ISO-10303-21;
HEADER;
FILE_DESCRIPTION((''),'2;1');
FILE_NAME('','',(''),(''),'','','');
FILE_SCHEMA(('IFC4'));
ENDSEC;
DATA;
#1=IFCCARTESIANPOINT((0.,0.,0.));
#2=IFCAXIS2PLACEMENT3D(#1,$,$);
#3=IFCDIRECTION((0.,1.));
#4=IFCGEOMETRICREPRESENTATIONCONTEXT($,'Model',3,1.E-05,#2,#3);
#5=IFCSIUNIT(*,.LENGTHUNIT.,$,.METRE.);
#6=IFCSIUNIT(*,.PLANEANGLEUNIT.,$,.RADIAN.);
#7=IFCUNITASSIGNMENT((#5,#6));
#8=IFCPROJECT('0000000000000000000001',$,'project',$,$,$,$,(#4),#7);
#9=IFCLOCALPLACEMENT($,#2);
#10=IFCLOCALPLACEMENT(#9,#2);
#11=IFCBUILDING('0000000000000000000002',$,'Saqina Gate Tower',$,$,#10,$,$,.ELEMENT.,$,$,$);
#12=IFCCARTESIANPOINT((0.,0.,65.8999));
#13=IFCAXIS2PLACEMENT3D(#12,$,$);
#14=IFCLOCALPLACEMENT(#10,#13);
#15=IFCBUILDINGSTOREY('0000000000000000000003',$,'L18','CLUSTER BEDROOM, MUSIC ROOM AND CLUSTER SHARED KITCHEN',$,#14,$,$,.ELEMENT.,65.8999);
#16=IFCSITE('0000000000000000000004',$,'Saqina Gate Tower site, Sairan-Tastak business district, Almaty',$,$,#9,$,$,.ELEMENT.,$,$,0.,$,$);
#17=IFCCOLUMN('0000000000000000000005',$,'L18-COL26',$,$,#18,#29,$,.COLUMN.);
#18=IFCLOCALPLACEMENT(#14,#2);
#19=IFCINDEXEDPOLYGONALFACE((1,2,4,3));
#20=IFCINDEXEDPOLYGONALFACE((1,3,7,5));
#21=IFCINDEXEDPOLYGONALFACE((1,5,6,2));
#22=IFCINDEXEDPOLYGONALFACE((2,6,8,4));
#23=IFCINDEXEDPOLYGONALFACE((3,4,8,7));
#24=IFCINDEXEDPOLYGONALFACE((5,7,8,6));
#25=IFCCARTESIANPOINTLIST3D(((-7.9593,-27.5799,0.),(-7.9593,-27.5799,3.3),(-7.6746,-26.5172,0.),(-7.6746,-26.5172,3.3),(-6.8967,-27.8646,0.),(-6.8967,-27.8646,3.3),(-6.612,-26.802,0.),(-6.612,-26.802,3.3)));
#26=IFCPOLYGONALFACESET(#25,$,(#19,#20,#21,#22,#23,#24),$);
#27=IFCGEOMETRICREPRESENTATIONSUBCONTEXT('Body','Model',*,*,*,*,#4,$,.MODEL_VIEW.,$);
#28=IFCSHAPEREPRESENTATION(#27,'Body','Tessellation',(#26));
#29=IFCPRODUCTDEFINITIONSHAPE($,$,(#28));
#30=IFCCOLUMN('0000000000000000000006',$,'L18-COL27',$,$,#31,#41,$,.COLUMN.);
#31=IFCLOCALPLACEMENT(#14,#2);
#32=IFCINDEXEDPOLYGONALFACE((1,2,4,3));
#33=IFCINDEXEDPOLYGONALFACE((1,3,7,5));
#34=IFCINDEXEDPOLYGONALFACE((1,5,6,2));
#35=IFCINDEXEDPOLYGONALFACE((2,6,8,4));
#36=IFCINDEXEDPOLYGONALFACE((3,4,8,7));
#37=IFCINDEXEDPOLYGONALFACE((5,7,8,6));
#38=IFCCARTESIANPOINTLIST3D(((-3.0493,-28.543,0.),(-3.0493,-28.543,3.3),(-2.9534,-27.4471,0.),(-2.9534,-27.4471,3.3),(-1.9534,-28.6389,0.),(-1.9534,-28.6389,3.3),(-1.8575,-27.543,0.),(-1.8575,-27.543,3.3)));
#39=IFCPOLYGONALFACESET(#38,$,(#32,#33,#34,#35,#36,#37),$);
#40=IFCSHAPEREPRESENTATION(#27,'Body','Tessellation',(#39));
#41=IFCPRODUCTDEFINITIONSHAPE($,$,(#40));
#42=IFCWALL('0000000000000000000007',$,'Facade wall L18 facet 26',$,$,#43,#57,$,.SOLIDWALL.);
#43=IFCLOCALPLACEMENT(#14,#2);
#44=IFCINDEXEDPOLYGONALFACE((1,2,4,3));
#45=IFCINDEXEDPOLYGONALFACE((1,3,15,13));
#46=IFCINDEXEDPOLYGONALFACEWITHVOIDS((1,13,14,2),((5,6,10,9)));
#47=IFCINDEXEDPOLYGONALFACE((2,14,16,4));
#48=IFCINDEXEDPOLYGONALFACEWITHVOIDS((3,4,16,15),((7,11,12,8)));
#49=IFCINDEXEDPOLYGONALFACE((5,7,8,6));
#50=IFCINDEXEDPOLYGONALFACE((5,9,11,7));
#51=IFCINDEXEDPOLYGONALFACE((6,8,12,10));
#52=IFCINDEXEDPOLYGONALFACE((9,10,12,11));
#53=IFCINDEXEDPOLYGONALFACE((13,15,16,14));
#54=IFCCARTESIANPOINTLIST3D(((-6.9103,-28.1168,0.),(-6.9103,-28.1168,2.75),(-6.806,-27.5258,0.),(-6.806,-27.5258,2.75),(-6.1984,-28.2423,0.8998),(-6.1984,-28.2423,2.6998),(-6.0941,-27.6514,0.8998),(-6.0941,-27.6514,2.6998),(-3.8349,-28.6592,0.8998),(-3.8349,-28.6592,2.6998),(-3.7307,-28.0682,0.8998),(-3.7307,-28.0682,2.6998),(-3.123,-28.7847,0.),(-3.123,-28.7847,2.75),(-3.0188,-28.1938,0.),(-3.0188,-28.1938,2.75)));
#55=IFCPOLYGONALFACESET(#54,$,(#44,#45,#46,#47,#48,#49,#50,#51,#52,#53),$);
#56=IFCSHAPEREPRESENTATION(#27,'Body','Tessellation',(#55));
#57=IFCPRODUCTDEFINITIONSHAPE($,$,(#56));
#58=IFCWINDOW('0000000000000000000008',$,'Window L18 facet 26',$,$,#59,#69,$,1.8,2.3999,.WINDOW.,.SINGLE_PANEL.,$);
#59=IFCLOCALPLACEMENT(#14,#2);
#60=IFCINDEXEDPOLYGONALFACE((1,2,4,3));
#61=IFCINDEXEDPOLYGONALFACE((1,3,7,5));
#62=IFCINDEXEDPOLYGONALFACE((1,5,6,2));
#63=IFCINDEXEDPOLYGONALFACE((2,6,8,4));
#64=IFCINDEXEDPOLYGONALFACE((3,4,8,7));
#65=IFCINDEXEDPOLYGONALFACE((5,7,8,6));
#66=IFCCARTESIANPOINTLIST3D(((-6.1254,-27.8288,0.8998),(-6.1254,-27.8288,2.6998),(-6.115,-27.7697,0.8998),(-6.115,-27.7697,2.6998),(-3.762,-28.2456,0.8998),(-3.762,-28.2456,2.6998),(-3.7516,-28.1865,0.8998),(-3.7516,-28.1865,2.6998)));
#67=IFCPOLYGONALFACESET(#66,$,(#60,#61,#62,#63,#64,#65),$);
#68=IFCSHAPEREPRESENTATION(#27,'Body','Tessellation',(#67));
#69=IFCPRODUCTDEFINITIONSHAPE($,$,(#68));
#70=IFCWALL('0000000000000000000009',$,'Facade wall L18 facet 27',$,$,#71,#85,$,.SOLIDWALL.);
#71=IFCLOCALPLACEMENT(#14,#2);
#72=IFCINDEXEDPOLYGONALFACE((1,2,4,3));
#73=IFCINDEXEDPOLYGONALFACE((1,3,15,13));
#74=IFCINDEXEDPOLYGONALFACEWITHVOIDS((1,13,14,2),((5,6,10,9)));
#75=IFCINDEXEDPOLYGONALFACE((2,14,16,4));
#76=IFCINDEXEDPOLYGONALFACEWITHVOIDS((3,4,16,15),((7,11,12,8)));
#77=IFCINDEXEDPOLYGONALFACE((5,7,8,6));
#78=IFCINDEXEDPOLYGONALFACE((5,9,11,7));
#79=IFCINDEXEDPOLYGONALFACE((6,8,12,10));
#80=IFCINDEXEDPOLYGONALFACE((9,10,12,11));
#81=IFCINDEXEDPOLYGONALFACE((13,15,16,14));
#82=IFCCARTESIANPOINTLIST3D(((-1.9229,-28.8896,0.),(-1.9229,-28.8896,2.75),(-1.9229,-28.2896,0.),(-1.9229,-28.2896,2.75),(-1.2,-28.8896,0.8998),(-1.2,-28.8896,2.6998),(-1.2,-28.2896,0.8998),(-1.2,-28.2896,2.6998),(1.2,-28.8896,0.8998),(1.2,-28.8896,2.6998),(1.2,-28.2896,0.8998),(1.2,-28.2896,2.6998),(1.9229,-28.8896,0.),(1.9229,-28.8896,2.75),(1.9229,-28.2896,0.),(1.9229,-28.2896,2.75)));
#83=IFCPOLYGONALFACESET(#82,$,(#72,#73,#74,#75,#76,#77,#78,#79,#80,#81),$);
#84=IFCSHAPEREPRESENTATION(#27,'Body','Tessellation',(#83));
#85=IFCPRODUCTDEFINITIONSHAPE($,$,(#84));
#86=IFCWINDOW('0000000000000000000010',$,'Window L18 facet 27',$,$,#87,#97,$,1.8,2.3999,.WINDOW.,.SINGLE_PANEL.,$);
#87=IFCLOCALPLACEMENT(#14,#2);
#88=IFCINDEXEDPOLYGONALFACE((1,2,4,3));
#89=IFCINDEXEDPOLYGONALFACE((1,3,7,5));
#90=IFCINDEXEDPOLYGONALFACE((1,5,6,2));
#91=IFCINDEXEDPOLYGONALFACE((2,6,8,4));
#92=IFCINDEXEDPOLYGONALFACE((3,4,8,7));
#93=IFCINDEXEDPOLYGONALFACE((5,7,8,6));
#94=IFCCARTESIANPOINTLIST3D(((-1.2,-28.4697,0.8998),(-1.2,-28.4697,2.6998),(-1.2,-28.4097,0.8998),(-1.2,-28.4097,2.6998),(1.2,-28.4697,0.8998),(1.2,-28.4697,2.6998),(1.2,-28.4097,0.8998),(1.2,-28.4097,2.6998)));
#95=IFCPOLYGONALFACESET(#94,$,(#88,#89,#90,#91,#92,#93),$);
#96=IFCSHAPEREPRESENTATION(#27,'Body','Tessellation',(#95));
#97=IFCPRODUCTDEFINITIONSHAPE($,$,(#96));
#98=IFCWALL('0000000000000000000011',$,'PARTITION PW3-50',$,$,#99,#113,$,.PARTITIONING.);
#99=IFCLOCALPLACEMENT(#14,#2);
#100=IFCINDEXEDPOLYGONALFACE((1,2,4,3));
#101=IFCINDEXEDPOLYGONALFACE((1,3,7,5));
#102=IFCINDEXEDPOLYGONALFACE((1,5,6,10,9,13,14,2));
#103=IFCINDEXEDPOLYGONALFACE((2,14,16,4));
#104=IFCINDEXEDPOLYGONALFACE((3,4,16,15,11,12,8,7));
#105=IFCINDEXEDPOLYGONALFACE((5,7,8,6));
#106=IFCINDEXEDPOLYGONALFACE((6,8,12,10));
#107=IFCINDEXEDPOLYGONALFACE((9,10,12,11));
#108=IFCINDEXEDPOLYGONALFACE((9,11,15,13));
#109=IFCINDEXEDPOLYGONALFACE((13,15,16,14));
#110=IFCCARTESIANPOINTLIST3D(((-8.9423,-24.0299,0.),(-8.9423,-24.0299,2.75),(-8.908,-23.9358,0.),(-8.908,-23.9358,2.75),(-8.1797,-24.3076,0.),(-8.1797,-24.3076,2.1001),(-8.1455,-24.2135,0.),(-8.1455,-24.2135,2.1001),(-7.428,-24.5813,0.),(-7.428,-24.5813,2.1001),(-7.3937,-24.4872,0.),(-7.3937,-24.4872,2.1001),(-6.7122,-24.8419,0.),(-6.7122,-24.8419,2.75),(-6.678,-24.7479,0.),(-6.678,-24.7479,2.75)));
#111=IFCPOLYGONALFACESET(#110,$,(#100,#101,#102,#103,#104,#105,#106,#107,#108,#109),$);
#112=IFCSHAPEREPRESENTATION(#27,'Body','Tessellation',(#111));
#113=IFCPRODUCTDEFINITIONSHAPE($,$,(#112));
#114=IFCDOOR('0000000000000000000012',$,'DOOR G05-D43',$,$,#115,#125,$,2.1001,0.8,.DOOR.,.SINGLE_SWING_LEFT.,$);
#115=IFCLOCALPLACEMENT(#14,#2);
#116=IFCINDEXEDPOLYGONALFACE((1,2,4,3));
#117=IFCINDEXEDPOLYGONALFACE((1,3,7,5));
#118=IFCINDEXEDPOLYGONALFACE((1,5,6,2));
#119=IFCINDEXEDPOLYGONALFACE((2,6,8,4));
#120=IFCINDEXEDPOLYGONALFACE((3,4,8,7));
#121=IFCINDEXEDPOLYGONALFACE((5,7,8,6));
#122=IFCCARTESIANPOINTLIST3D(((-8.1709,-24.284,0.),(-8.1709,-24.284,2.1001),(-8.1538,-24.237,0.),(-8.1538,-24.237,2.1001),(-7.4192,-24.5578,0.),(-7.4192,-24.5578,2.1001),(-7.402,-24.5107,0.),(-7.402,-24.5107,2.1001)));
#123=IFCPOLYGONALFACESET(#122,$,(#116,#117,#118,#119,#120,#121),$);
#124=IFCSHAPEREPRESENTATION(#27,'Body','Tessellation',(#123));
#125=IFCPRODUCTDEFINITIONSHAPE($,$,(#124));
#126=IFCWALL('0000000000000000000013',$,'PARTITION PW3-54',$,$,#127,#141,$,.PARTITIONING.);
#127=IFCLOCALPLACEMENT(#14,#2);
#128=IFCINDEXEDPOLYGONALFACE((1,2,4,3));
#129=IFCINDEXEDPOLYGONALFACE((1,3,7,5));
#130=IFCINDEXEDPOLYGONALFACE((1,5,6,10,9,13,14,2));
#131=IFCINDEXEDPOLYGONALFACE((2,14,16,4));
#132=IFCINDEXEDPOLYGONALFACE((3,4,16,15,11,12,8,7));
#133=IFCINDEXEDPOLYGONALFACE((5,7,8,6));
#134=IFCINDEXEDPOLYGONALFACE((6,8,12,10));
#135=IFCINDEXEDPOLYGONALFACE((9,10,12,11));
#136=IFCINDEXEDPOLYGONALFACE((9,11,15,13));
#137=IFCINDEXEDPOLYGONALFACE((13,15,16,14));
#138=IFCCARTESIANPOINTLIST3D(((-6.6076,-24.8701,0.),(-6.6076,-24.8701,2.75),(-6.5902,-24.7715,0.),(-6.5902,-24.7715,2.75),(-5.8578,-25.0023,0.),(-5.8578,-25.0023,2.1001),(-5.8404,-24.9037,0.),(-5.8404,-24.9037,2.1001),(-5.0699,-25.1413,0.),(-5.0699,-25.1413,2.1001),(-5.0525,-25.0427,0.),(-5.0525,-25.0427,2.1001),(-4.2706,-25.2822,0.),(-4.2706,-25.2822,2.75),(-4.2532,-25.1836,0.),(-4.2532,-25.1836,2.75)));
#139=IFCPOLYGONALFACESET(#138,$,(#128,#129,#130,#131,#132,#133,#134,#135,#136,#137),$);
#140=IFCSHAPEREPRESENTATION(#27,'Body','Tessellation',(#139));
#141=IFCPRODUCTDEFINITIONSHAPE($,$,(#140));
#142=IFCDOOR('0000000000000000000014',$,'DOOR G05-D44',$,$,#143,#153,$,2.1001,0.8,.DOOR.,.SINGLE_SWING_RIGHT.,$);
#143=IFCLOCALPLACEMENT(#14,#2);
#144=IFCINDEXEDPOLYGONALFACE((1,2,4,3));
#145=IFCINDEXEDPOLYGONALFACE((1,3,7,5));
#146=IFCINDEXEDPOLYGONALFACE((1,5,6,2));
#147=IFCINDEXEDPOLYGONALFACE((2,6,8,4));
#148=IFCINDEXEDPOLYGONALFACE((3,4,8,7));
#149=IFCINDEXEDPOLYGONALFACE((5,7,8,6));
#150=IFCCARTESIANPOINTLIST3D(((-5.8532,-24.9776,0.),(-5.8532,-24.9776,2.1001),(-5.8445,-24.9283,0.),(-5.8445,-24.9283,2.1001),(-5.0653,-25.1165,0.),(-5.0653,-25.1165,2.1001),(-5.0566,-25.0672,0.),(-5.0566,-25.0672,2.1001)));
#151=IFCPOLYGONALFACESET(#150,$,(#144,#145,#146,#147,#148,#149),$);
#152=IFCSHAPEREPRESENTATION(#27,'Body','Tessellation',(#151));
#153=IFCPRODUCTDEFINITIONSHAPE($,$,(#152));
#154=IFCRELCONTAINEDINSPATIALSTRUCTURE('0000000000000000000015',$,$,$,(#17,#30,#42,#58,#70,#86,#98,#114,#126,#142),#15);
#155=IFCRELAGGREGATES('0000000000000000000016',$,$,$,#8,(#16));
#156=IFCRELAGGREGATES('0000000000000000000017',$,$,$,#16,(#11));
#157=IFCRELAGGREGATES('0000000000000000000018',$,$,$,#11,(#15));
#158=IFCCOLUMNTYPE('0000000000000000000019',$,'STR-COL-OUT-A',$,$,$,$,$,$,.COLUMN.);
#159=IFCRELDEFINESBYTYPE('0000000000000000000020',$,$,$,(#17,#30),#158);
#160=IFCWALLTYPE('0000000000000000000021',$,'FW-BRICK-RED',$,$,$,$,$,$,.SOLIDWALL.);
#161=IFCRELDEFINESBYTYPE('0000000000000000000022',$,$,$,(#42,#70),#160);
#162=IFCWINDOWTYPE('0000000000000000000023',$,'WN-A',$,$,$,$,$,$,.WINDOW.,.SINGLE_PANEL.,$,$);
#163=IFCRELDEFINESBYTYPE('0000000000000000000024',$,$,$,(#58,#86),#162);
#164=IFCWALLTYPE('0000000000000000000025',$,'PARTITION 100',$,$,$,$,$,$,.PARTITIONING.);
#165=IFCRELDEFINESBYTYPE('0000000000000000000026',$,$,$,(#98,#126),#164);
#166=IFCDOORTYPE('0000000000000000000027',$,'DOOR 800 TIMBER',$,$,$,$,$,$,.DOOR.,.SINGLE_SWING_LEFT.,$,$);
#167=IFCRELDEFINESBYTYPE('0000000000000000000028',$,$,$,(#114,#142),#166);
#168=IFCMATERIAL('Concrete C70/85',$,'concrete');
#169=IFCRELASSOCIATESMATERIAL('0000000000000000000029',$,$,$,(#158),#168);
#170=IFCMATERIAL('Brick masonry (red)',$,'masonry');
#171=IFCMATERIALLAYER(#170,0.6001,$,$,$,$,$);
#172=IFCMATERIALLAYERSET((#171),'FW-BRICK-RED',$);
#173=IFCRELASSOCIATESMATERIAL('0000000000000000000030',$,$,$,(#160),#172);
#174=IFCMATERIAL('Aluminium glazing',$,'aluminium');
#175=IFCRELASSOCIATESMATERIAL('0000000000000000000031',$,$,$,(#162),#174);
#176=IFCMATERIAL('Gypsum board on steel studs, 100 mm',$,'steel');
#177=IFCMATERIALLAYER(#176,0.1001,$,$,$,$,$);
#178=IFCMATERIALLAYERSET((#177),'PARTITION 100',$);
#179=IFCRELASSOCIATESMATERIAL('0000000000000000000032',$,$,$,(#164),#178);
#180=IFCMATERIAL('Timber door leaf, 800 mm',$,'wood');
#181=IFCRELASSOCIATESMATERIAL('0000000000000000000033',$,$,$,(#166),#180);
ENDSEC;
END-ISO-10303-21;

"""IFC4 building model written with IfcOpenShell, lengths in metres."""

from ifc_helpers import new_model, si_unit, direction, frame, frame_2d, origin, origin_2d, place, context, subcontext, project, spatial, rectangle, extrude, material, layer, layer_set, material_profile, profile_set, type_object, element, fill, save


model = new_model("IFC4")

# Units and contexts
model_context = context("Model", 3, precision=1e-05, world=origin(), true_north=direction((0.0, 1.0)))
body_context = subcontext(model_context, "Body", "Model", "MODEL_VIEW")
ifc_project = project(units=[si_unit("LENGTHUNIT", "METRE"), si_unit("PLANEANGLEUNIT", "RADIAN")], contexts=[model_context])

# Site, building, storey
site_placement = place(None, origin())
site = spatial("IfcSite", under=ifc_project, at=site_placement, Name="Saqina Gate Tower site, Sairan-Tastak business district, Almaty", CompositionType="ELEMENT", RefElevation=0.0)
building_placement = place(site_placement, origin())
building = spatial("IfcBuilding", under=site, at=building_placement, Name="Saqina Gate Tower", CompositionType="ELEMENT")
storey_placement = place(building_placement, frame((0.0, 0.0, 65.8999)))
storey = spatial("IfcBuildingStorey", under=building, at=storey_placement, Name="L18", Description="CLUSTER BEDROOM, MUSIC ROOM AND CLUSTER SHARED KITCHEN", CompositionType="ELEMENT", Elevation=65.8999)

# Columns
ifc_material_1 = material(Name="Concrete C70/85", Category="concrete")
ifc_material_profile = material_profile(ifc_material_1, rectangle(XDim=1.1001, YDim=1.1001, at=origin_2d()), Name="RC 1100x1100")
ifc_profile_set = profile_set([ifc_material_profile], Name="Concrete C70/85")
column_type = type_object("IfcColumnType", Name="STR-COL-OUT-A", PredefinedType="COLUMN", material=ifc_profile_set)
for number, where, z_axis, x_axis, name in (
    (1, (-7.2856, -27.1909, 0.0), (0.0, 0.0, 1.0), (-0.258819, -0.965926, 0.0), "L18-COL26"),
    (2, (-2.4534, -28.043, 0.0), (0.0, 0.0, 1.0), (-0.087156, -0.996195, 0.0), "L18-COL27"),
):
    element("IfcColumn", number, at=place(storey_placement, frame(where, z_axis=z_axis, x_axis=x_axis)), inside=storey, type_object=column_type, Name=name, PredefinedType="COLUMN", context=body_context, shape_type="SweptSolid", body=[
        extrude(rectangle(XDim=1.1001, YDim=1.1001, at=origin_2d()), origin(), (0.0, 0.0, 1.0), 3.3),
    ])

# Walls, openings, windows
ifc_material_2 = material(Name="Brick masonry (red)", Category="masonry")
ifc_layer_1 = layer(ifc_material_2, 0.6001)
ifc_layer_set_1 = layer_set([ifc_layer_1], Name="FW-BRICK-RED")
wall_type_1 = type_object("IfcWallType", Name="FW-BRICK-RED", PredefinedType="SOLIDWALL", material=ifc_layer_set_1)
wall_1_placement = place(storey_placement, frame((-6.8582, -27.8213, 0.0), z_axis=(0.0, 0.0, 1.0), x_axis=(0.984801, -0.173688, 0.0)))
wall_1 = element("IfcWall", 3, at=wall_1_placement, inside=storey, type_object=wall_type_1, Name="Facade wall L18 facet 26", PredefinedType="SOLIDWALL", context=body_context, shape_type="SweptSolid", body=[
    extrude(rectangle(XDim=3.8457, YDim=0.6001, at=frame_2d((1.9229, 0.0))), origin(), (0.0, 0.0, 1.0), 2.75),
])
opening_1_placement = place(wall_1_placement, frame((0.7229, 0.0, 0.8999)))
opening_1 = element("IfcOpeningElement", 4, at=opening_1_placement, cuts=wall_1, PredefinedType="OPENING", context=body_context, shape_type="SweptSolid", body=[
    extrude(rectangle(XDim=2.3999, YDim=1.8, at=frame_2d((1.2, 0.8999))), frame((0.0, 0.312, 0.0), z_axis=(0.0, -1.0, 0.0), x_axis=(1.0, 0.0, 0.0)), (0.0, 0.0, 1.0), 0.624),
])
ifc_material_3 = material(Name="Aluminium glazing", Category="aluminium")
window_type = type_object("IfcWindowType", Name="WN-A", PartitioningType="SINGLE_PANEL", PredefinedType="WINDOW", material=ifc_material_3)
window_1_placement = place(opening_1_placement, origin())
window_1 = element("IfcWindow", 5, at=window_1_placement, inside=storey, type_object=window_type, Name="Window L18 facet 26", OverallHeight=1.8, OverallWidth=2.3999, PartitioningType="SINGLE_PANEL", PredefinedType="WINDOW", context=body_context, shape_type="SweptSolid", body=[
    extrude(rectangle(XDim=2.3999, YDim=1.8, at=frame_2d((1.2, 0.8999))), frame((0.0, 0.1799, 0.0), z_axis=(0.0, -1.0, 0.0), x_axis=(1.0, 0.0, 0.0)), (0.0, 0.0, 1.0), 0.0601),
])
fill(opening_1, window_1)
wall_2_placement = place(storey_placement, frame((-1.9229, -28.5896, 0.0), z_axis=(0.0, 0.0, 1.0), x_axis=(1.0, 0.0, 0.0)))
wall_2 = element("IfcWall", 6, at=wall_2_placement, inside=storey, type_object=wall_type_1, Name="Facade wall L18 facet 27", PredefinedType="SOLIDWALL", context=body_context, shape_type="SweptSolid", body=[
    extrude(rectangle(XDim=3.8457, YDim=0.6001, at=frame_2d((1.9229, 0.0))), origin(), (0.0, 0.0, 1.0), 2.75),
])
opening_2_placement = place(wall_2_placement, frame((0.7229, 0.0, 0.8999)))
opening_2 = element("IfcOpeningElement", 7, at=opening_2_placement, cuts=wall_2, PredefinedType="OPENING", context=body_context, shape_type="SweptSolid", body=[
    extrude(rectangle(XDim=2.3999, YDim=1.8, at=frame_2d((1.2, 0.8999))), frame((0.0, 0.312, 0.0), z_axis=(0.0, -1.0, 0.0), x_axis=(1.0, 0.0, 0.0)), (0.0, 0.0, 1.0), 0.624),
])
window_2_placement = place(opening_2_placement, origin())
window_2 = element("IfcWindow", 8, at=window_2_placement, inside=storey, type_object=window_type, Name="Window L18 facet 27", OverallHeight=1.8, OverallWidth=2.3999, PartitioningType="SINGLE_PANEL", PredefinedType="WINDOW", context=body_context, shape_type="SweptSolid", body=[
    extrude(rectangle(XDim=2.3999, YDim=1.8, at=frame_2d((1.2, 0.8999))), frame((0.0, 0.1799, 0.0), z_axis=(0.0, -1.0, 0.0), x_axis=(1.0, 0.0, 0.0)), (0.0, 0.0, 1.0), 0.0601),
])
fill(opening_2, window_2)

# Walls, openings, doors
ifc_material_4 = material(Name="Gypsum board on steel studs, 100 mm", Category="steel")
ifc_layer_2 = layer(ifc_material_4, 0.1001)
ifc_layer_set_2 = layer_set([ifc_layer_2], Name="PARTITION 100")
wall_type_2 = type_object("IfcWallType", Name="PARTITION 100", PredefinedType="PARTITIONING", material=ifc_layer_set_2)
wall_3_placement = place(storey_placement, frame((-8.925, -23.9829, 0.0), z_axis=(0.0, 0.0, 1.0), x_axis=(0.939643, -0.342156, 0.0)))
wall_3 = element("IfcWall", 9, at=wall_3_placement, inside=storey, type_object=wall_type_2, Name="PARTITION PW3-50", PredefinedType="PARTITIONING", context=body_context, shape_type="SweptSolid", body=[
    extrude(rectangle(XDim=2.3733, YDim=0.1001, at=frame_2d((1.1865, 0.0))), origin(), (0.0, 0.0, 1.0), 2.75),
])
opening_3_placement = place(wall_3_placement, frame((0.8115, 0.0, 0.0)))
opening_3 = element("IfcOpeningElement", 10, at=opening_3_placement, cuts=wall_3, PredefinedType="OPENING", context=body_context, shape_type="SweptSolid", body=[
    extrude(rectangle(XDim=0.8, YDim=2.1001, at=frame_2d((0.3999, 1.05))), frame((0.0, 0.062, 0.0), z_axis=(0.0, -1.0, 0.0), x_axis=(1.0, 0.0, 0.0)), (0.0, 0.0, 1.0), 0.124),
])
ifc_material_5 = material(Name="Timber door leaf, 800 mm", Category="wood")
door_type_1 = type_object("IfcDoorType", Name="DOOR 800 TIMBER", OperationType="SINGLE_SWING_LEFT", PredefinedType="DOOR", material=ifc_material_5)
door_1_placement = place(opening_3_placement, frame((0.8, 0.0, 0.0), z_axis=(0.0, 0.0, 1.0), x_axis=(-1.0, 0.0, 0.0)))
door_1 = element("IfcDoor", 11, at=door_1_placement, inside=storey, type_object=door_type_1, Name="DOOR G05-D43", OperationType="SINGLE_SWING_LEFT", OverallHeight=2.1001, OverallWidth=0.8, PredefinedType="DOOR", context=body_context, shape_type="SweptSolid", body=[
    extrude(rectangle(XDim=0.8, YDim=2.1001, at=frame_2d((0.3999, 1.05))), frame((0.0, 0.0249, 0.0), z_axis=(0.0, -1.0, 0.0), x_axis=(1.0, 0.0, 0.0)), (0.0, 0.0, 1.0), 0.05),
])
fill(opening_3, door_1)
wall_4_placement = place(storey_placement, frame((-6.5989, -24.8208, 0.0), z_axis=(0.0, 0.0, 1.0), x_axis=(0.984804, -0.173668, 0.0)))
wall_4 = element("IfcWall", 12, at=wall_4_placement, inside=storey, type_object=wall_type_2, Name="PARTITION PW3-54", PredefinedType="PARTITIONING", context=body_context, shape_type="SweptSolid", body=[
    extrude(rectangle(XDim=2.373, YDim=0.1001, at=frame_2d((1.1865, 0.0))), origin(), (0.0, 0.0, 1.0), 2.75),
])
opening_4_placement = place(wall_4_placement, frame((0.7615, 0.0, 0.0)))
opening_4 = element("IfcOpeningElement", 13, at=opening_4_placement, cuts=wall_4, PredefinedType="OPENING", context=body_context, shape_type="SweptSolid", body=[
    extrude(rectangle(XDim=0.8, YDim=2.1001, at=frame_2d((0.3999, 1.05))), frame((0.0, 0.062, 0.0), z_axis=(0.0, -1.0, 0.0), x_axis=(1.0, 0.0, 0.0)), (0.0, 0.0, 1.0), 0.124),
])
door_2_placement = place(opening_4_placement, frame((0.8, 0.0, 0.0), z_axis=(0.0, 0.0, 1.0), x_axis=(-1.0, 0.0, 0.0)))
door_2 = element("IfcDoor", 14, at=door_2_placement, inside=storey, type_object=door_type_1, Name="DOOR G05-D44", OperationType="SINGLE_SWING_RIGHT", OverallHeight=2.1001, OverallWidth=0.8, PredefinedType="DOOR", context=body_context, shape_type="SweptSolid", body=[
    extrude(rectangle(XDim=0.8, YDim=2.1001, at=frame_2d((0.3999, 1.05))), frame((0.0, 0.0249, 0.0), z_axis=(0.0, -1.0, 0.0), x_axis=(1.0, 0.0, 0.0)), (0.0, 0.0, 1.0), 0.05),
])
fill(opening_4, door_2)

save(model, "model.ifc")
